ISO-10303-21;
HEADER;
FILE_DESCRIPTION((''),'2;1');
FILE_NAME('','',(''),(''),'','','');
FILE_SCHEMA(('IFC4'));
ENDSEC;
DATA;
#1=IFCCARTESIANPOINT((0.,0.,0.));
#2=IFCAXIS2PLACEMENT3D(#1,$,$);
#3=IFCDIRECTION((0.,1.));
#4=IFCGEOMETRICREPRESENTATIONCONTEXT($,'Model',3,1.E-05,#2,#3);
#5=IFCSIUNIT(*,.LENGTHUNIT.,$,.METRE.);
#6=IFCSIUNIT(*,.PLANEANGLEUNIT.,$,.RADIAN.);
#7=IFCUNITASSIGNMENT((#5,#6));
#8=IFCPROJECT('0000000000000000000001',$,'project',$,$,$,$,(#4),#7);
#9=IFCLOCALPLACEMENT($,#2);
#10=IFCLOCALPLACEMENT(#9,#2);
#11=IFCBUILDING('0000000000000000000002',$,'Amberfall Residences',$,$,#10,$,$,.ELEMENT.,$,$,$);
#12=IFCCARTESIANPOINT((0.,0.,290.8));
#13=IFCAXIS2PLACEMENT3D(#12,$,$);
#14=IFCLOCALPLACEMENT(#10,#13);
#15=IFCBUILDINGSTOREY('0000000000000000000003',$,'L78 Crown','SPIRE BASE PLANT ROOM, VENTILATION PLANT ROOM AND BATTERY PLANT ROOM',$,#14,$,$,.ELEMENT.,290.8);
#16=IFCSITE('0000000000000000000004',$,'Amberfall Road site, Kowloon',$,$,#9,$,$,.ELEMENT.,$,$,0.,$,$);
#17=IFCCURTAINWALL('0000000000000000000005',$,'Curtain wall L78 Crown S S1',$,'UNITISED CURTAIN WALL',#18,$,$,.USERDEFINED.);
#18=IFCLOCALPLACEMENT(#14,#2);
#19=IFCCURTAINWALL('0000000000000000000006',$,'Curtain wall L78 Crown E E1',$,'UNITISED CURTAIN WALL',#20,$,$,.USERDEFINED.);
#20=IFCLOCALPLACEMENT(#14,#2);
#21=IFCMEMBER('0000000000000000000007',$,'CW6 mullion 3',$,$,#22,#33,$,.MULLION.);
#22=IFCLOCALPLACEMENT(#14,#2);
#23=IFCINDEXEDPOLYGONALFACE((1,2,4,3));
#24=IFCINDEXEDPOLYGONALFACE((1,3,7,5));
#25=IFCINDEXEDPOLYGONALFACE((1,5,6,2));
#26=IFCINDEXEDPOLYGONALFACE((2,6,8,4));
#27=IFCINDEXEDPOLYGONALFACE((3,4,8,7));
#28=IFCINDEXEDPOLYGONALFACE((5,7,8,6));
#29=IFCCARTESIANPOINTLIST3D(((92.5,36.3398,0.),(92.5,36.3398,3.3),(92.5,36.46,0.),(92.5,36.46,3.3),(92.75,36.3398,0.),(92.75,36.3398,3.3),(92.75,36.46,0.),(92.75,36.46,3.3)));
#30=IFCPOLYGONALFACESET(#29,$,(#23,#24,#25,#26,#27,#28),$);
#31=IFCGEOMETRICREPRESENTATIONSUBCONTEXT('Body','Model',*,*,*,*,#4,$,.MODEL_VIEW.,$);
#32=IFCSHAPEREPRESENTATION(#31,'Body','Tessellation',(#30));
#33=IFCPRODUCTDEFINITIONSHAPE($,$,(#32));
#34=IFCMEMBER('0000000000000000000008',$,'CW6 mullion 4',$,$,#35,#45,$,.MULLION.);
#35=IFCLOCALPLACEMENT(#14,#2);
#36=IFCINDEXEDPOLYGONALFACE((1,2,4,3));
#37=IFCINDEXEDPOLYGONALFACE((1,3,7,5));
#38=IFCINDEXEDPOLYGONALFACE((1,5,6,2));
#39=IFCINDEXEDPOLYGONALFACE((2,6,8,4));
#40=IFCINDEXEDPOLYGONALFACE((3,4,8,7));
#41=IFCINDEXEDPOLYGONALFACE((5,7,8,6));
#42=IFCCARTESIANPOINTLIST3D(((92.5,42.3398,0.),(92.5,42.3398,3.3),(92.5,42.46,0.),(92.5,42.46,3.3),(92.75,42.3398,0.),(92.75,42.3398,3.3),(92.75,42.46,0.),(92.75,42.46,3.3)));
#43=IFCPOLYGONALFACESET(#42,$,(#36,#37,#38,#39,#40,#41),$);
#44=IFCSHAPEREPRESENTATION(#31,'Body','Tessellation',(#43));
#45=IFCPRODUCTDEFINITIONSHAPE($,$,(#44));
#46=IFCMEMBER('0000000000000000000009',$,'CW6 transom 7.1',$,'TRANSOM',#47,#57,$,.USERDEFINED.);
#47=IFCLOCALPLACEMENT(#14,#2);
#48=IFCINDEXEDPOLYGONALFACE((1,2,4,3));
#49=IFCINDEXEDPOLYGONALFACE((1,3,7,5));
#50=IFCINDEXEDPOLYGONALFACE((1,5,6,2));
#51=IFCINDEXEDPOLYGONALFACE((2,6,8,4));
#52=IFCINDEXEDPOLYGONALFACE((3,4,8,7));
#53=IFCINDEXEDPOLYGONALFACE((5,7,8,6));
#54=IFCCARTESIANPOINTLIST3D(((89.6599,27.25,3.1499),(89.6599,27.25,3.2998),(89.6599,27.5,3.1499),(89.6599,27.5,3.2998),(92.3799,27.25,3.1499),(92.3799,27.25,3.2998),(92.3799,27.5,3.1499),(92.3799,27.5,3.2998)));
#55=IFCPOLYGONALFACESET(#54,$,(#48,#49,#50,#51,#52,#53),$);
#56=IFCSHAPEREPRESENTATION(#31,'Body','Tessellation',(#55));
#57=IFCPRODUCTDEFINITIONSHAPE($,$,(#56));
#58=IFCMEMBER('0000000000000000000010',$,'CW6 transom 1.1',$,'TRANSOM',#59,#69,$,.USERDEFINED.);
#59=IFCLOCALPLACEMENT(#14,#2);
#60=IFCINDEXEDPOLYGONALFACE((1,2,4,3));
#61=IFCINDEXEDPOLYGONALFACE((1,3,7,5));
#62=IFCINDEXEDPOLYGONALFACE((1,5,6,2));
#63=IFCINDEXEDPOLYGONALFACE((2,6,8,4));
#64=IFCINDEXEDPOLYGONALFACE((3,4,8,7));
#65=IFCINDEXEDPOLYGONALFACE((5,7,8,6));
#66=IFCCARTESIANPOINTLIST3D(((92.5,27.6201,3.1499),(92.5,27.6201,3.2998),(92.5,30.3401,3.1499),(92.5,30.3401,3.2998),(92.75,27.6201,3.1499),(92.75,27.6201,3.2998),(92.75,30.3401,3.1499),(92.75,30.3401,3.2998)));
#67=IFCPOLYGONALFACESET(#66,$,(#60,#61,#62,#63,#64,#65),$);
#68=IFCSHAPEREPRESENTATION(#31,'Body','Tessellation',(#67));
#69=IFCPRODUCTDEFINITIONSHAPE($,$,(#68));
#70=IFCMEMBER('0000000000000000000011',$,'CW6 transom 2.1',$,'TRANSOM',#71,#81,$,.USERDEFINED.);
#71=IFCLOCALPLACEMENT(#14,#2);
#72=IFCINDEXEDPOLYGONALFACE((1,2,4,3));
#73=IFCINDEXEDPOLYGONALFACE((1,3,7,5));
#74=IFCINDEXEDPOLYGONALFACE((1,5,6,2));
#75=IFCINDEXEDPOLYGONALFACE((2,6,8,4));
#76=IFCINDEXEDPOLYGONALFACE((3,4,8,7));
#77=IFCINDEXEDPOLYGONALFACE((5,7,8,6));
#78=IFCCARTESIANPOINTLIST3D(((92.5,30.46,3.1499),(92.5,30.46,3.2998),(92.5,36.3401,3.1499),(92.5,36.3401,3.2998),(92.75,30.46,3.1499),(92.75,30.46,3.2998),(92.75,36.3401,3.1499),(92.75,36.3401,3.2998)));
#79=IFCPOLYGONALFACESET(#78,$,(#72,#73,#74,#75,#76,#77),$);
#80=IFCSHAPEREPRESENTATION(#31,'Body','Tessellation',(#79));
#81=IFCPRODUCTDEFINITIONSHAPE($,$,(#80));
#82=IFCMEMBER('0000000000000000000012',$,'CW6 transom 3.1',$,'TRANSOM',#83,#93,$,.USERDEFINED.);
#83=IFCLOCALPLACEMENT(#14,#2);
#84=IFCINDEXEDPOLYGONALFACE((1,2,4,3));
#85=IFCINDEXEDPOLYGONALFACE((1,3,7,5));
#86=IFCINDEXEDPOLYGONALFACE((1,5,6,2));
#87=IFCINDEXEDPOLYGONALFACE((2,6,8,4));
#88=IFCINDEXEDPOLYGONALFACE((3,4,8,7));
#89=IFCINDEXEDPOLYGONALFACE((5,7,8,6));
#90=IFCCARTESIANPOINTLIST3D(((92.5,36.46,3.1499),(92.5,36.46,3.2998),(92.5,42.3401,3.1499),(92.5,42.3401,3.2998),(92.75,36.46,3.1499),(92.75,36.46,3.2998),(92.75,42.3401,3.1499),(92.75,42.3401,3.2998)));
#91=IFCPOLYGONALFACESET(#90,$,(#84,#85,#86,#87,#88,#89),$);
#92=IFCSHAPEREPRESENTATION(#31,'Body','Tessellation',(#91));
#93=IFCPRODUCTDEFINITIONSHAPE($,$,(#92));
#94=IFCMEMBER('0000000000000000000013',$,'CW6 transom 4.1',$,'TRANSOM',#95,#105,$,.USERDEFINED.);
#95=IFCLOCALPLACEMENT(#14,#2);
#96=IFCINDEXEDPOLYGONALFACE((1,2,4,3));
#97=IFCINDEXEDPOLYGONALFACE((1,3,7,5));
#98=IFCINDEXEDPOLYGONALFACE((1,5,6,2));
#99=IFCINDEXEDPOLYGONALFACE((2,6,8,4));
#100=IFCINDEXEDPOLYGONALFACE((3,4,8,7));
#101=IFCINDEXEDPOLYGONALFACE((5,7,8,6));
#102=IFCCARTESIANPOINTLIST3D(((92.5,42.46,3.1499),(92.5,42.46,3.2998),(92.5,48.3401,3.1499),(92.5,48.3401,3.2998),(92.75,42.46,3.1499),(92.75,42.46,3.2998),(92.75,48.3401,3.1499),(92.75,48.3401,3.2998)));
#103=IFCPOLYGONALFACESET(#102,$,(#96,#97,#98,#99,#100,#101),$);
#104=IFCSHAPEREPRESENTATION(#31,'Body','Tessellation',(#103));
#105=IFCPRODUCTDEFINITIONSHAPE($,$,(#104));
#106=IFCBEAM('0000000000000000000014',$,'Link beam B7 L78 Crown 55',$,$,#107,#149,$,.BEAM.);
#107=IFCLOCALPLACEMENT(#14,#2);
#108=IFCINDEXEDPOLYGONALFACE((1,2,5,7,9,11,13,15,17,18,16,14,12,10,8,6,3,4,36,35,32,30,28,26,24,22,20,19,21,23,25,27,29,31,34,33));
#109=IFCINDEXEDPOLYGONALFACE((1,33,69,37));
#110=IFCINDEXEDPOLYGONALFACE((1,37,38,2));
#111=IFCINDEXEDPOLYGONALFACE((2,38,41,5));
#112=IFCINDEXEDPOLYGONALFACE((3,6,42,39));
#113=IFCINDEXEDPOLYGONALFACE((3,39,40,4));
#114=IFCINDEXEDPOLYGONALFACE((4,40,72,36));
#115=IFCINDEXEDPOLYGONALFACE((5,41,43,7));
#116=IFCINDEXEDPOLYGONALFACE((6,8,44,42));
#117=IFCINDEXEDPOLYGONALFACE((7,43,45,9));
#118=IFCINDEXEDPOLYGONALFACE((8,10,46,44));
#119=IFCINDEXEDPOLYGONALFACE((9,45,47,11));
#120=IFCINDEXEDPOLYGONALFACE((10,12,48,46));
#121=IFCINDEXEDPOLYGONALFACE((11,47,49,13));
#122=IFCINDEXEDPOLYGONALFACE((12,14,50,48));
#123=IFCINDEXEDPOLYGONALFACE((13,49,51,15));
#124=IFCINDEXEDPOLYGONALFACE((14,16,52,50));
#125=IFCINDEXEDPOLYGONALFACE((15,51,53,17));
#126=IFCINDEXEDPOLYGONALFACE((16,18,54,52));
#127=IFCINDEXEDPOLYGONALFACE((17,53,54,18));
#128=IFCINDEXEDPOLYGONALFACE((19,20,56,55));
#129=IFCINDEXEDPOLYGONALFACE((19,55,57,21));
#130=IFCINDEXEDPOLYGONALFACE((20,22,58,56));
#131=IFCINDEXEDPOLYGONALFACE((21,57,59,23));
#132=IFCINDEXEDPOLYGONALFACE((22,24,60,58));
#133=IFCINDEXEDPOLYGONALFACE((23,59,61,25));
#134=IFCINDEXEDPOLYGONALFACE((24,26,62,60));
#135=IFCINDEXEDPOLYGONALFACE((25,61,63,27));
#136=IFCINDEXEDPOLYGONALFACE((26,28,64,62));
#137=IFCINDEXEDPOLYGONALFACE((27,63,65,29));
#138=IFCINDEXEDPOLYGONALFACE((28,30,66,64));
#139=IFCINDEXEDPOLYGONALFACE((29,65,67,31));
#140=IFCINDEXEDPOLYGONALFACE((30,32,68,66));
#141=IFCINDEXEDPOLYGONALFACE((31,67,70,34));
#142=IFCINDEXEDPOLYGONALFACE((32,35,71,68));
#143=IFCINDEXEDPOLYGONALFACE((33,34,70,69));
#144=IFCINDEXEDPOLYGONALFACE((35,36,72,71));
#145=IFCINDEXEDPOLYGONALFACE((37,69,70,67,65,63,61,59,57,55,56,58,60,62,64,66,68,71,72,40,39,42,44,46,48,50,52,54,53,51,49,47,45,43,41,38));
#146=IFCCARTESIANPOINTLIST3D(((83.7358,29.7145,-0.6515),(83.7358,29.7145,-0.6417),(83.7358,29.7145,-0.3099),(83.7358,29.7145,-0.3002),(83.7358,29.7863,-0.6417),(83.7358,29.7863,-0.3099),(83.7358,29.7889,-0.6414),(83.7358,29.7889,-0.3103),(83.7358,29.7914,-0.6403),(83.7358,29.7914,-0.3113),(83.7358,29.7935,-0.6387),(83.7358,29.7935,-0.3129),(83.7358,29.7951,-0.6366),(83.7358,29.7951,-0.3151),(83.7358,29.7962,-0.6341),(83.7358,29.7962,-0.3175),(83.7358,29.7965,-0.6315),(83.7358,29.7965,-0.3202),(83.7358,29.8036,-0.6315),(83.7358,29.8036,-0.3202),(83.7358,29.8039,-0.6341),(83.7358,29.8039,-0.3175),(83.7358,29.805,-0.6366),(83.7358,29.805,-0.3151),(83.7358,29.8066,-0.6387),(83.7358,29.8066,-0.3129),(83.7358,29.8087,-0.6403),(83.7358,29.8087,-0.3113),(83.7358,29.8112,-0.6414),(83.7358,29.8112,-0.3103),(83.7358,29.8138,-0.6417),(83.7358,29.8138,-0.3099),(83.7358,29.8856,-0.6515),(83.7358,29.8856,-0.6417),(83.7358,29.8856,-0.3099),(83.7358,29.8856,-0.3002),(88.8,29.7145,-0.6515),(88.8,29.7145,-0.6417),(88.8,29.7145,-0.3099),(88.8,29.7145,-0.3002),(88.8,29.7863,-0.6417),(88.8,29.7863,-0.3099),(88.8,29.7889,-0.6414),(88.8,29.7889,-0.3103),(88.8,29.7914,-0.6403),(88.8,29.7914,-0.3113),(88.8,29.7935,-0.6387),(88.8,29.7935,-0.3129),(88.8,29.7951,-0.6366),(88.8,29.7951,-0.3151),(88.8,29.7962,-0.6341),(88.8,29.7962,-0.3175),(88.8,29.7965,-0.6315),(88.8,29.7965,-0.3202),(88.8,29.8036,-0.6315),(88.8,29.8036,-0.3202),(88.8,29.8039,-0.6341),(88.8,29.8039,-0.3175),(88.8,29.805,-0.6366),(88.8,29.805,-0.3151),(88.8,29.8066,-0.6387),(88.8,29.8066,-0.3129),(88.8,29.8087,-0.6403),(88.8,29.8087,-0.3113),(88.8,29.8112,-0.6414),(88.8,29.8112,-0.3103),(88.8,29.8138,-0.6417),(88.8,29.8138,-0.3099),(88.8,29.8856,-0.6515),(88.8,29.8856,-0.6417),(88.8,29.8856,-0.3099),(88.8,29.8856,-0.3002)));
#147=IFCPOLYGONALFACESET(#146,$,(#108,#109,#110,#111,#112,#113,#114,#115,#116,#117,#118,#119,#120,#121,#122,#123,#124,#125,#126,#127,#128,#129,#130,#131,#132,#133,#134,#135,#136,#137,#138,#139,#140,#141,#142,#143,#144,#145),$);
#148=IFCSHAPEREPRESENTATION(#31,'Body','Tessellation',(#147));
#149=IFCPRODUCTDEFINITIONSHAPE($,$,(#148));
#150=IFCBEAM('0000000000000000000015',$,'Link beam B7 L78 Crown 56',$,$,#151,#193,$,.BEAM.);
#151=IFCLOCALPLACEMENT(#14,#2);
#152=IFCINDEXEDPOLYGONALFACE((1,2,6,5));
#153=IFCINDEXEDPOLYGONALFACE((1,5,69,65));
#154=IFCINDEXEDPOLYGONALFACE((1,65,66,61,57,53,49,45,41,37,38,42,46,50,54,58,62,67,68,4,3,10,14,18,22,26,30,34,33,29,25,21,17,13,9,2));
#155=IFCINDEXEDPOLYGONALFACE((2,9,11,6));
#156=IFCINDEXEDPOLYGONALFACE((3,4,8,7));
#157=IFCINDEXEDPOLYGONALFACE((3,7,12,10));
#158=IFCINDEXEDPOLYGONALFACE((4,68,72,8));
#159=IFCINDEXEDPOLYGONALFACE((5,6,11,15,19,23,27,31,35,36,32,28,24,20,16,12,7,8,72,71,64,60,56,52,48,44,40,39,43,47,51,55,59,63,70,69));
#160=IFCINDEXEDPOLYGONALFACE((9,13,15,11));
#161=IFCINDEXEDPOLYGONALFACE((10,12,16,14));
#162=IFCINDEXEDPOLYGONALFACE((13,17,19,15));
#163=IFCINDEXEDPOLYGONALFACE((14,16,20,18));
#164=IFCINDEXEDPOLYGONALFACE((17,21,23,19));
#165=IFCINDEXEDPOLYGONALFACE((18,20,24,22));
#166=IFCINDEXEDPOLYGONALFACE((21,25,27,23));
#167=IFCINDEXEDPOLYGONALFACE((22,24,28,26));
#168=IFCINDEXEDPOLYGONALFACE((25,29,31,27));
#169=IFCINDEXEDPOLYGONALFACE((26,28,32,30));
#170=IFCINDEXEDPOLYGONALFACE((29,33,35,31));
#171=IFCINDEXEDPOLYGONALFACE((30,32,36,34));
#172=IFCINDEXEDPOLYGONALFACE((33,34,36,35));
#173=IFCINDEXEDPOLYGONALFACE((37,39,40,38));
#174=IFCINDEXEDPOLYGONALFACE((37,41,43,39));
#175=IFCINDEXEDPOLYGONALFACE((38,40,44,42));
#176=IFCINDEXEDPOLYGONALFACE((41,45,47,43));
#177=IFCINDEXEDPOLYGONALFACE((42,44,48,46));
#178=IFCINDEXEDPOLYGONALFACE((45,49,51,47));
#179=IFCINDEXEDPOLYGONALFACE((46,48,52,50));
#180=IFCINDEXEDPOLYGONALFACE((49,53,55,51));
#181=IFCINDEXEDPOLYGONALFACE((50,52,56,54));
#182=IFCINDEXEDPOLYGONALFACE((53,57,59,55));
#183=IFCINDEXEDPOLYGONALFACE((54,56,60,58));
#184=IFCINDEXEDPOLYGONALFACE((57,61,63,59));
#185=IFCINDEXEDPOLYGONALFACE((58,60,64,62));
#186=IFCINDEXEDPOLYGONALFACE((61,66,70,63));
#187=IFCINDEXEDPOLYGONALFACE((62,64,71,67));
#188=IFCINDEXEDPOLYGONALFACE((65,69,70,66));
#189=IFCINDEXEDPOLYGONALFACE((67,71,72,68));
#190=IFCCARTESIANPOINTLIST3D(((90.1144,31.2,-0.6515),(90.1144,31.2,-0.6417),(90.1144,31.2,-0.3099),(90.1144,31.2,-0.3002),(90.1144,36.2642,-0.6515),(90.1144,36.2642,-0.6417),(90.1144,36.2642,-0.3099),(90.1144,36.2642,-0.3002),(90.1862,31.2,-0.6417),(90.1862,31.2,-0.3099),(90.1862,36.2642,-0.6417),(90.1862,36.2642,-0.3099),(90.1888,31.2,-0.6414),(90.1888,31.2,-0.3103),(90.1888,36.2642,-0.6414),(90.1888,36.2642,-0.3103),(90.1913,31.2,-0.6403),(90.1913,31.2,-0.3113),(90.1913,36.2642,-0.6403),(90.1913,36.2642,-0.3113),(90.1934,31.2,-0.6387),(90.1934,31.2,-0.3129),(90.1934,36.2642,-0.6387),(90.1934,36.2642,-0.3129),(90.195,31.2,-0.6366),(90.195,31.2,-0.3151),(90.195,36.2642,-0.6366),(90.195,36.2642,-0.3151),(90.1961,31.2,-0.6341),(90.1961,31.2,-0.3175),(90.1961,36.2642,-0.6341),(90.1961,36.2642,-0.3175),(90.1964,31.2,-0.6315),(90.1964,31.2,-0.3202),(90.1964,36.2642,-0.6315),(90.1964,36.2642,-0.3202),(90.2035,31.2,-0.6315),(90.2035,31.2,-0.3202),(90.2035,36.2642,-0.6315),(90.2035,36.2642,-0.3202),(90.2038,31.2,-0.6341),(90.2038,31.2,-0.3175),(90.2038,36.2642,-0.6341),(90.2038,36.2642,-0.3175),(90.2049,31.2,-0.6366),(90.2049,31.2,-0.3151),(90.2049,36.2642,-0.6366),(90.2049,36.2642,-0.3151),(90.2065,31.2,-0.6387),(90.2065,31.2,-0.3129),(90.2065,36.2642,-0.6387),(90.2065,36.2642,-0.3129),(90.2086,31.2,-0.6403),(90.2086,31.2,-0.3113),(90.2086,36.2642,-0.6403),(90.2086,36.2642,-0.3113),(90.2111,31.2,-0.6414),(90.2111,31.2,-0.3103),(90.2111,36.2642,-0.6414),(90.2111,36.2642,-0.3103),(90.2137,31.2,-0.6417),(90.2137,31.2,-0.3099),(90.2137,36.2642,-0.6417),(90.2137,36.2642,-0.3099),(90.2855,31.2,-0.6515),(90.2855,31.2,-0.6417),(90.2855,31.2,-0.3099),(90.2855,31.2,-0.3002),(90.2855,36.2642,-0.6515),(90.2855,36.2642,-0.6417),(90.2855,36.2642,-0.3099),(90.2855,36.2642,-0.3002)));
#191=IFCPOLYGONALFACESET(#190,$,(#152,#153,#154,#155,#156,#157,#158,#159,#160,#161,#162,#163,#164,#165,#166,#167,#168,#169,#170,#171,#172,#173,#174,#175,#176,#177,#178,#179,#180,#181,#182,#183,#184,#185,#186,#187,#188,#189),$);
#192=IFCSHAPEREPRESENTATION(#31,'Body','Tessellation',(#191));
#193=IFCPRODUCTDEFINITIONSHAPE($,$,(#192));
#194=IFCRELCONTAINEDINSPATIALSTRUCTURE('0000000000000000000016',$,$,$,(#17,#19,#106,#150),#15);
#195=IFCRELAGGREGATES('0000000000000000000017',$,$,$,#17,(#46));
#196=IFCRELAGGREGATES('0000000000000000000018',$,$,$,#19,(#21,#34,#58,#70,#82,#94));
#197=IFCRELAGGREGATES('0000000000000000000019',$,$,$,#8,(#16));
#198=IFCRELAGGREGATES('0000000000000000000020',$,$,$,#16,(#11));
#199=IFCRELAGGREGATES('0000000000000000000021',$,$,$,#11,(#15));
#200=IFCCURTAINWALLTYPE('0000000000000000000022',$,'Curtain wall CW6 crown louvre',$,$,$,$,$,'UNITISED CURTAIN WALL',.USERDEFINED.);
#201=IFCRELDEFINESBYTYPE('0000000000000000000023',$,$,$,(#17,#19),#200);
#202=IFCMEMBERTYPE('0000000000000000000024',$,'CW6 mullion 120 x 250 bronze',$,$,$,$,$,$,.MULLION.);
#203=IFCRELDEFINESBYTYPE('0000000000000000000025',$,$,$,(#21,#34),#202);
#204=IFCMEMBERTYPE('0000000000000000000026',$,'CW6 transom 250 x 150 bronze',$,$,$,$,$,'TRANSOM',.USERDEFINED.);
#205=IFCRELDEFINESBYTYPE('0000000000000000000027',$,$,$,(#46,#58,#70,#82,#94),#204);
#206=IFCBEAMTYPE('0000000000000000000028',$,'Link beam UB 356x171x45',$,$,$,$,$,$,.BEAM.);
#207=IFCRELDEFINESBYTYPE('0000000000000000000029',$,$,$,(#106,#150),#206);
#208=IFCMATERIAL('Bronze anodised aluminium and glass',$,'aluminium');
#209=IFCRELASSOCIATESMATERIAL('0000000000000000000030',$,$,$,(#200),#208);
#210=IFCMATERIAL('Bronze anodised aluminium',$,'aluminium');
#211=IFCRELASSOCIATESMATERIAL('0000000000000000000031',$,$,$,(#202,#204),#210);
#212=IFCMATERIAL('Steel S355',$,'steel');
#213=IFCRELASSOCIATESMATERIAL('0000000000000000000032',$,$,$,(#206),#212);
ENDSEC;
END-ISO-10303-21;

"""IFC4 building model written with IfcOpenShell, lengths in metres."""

from ifc_helpers import new_model, si_unit, direction, frame, origin, origin_2d, place, context, subcontext, project, spatial, rectangle, i_section, extrude, material, material_profile, profile_set, type_object, element, aggregate, save


model = new_model("IFC4")

# Units and contexts
model_context = context("Model", 3, precision=1e-05, world=origin(), true_north=direction((0.0, 1.0)))
body_context = subcontext(model_context, "Body", "Model", "MODEL_VIEW")
ifc_project = project(units=[si_unit("LENGTHUNIT", "METRE"), si_unit("PLANEANGLEUNIT", "RADIAN")], contexts=[model_context])

# Site, building, storey
site_placement = place(None, origin())
site = spatial("IfcSite", under=ifc_project, at=site_placement, Name="Amberfall Road site, Kowloon", CompositionType="ELEMENT", RefElevation=0.0)
building_placement = place(site_placement, origin())
building = spatial("IfcBuilding", under=site, at=building_placement, Name="Amberfall Residences", CompositionType="ELEMENT")
storey_placement = place(building_placement, frame((0.0, 0.0, 290.8)))
storey = spatial("IfcBuildingStorey", under=building, at=storey_placement, Name="L78 Crown", Description="SPIRE BASE PLANT ROOM, VENTILATION PLANT ROOM AND BATTERY PLANT ROOM", CompositionType="ELEMENT", Elevation=290.8)

# Shared definitions
ifc_material_1 = material(Name="Steel S355", Category="steel")

# Curtain walls, members
ifc_material_2 = material(Name="Bronze anodised aluminium and glass", Category="aluminium")
curtain_wall_type = type_object("IfcCurtainWallType", Name="Curtain wall CW6 crown louvre", ElementType="UNITISED CURTAIN WALL", PredefinedType="USERDEFINED", material=ifc_material_2)
curtain_wall_1_placement = place(storey_placement, origin())
curtain_wall_1 = element("IfcCurtainWall", 1, at=curtain_wall_1_placement, inside=storey, type_object=curtain_wall_type, Name="Curtain wall L78 Crown S S1", ObjectType="UNITISED CURTAIN WALL", PredefinedType="USERDEFINED")
ifc_material_3 = material(Name="Bronze anodised aluminium", Category="aluminium")
ifc_material_profile_1 = material_profile(ifc_material_3, rectangle(XDim=0.25, YDim=0.1201, at=origin_2d()), Name="CW6 mullion 120 x 250 bronze")
ifc_profile_set_1 = profile_set([ifc_material_profile_1], Name="Bronze anodised aluminium")
member_type_1 = type_object("IfcMemberType", Name="CW6 mullion 120 x 250 bronze", PredefinedType="MULLION", material=ifc_profile_set_1)
curtain_wall_2_placement = place(storey_placement, origin())
curtain_wall_2 = element("IfcCurtainWall", 2, at=curtain_wall_2_placement, inside=storey, type_object=curtain_wall_type, Name="Curtain wall L78 Crown E E1", ObjectType="UNITISED CURTAIN WALL", PredefinedType="USERDEFINED")
member_1_placement = place(storey_placement, frame((92.625, 36.3999, 0.0), z_axis=(0.0, 0.0, 1.0), x_axis=(-1.0, 0.0, 0.0)))
member_1 = element("IfcMember", 3, at=member_1_placement, type_object=member_type_1, Name="CW6 mullion 3", PredefinedType="MULLION", context=body_context, shape_type="SweptSolid", body=[
    extrude(rectangle(XDim=0.25, YDim=0.1201, at=origin_2d()), origin(), (0.0, 0.0, 1.0), 3.3),
])
member_2_placement = place(storey_placement, frame((92.625, 42.3999, 0.0), z_axis=(0.0, 0.0, 1.0), x_axis=(-1.0, 0.0, 0.0)))
member_2 = element("IfcMember", 4, at=member_2_placement, type_object=member_type_1, Name="CW6 mullion 4", PredefinedType="MULLION", context=body_context, shape_type="SweptSolid", body=[
    extrude(rectangle(XDim=0.25, YDim=0.1201, at=origin_2d()), origin(), (0.0, 0.0, 1.0), 3.3),
])

# Members
ifc_material_profile_2 = material_profile(ifc_material_3, rectangle(XDim=0.25, YDim=0.1499, at=origin_2d()), Name="CW6 transom 250 x 150 bronze")
ifc_profile_set_2 = profile_set([ifc_material_profile_2], Name="Bronze anodised aluminium")
member_type_2 = type_object("IfcMemberType", Name="CW6 transom 250 x 150 bronze", ElementType="TRANSOM", PredefinedType="USERDEFINED", material=ifc_profile_set_2)
member_3_placement = place(storey_placement, frame((89.6599, 27.375, 3.2249), z_axis=(1.0, 0.0, 0.0), x_axis=(0.0, 1.0, 0.0)))
member_3 = element("IfcMember", 5, at=member_3_placement, type_object=member_type_2, Name="CW6 transom 7.1", ObjectType="TRANSOM", PredefinedType="USERDEFINED", context=body_context, shape_type="SweptSolid", body=[
    extrude(rectangle(XDim=0.25, YDim=0.1499, at=origin_2d()), origin(), (0.0, 0.0, 1.0), 2.72),
])
member_4_placement = place(storey_placement, frame((92.625, 27.6201, 3.2249), z_axis=(0.0, 1.0, 0.0), x_axis=(-1.0, 0.0, 0.0)))
member_4 = element("IfcMember", 6, at=member_4_placement, type_object=member_type_2, Name="CW6 transom 1.1", ObjectType="TRANSOM", PredefinedType="USERDEFINED", context=body_context, shape_type="SweptSolid", body=[
    extrude(rectangle(XDim=0.25, YDim=0.1499, at=origin_2d()), origin(), (0.0, 0.0, 1.0), 2.72),
])
member_5_placement = place(storey_placement, frame((92.625, 30.46, 3.2249), z_axis=(0.0, 1.0, 0.0), x_axis=(-1.0, 0.0, 0.0)))
member_5 = element("IfcMember", 7, at=member_5_placement, type_object=member_type_2, Name="CW6 transom 2.1", ObjectType="TRANSOM", PredefinedType="USERDEFINED", context=body_context, shape_type="SweptSolid", body=[
    extrude(rectangle(XDim=0.25, YDim=0.1499, at=origin_2d()), origin(), (0.0, 0.0, 1.0), 5.8801),
])
member_6_placement = place(storey_placement, frame((92.625, 36.46, 3.2249), z_axis=(0.0, 1.0, 0.0), x_axis=(-1.0, 0.0, 0.0)))
member_6 = element("IfcMember", 8, at=member_6_placement, type_object=member_type_2, Name="CW6 transom 3.1", ObjectType="TRANSOM", PredefinedType="USERDEFINED", context=body_context, shape_type="SweptSolid", body=[
    extrude(rectangle(XDim=0.25, YDim=0.1499, at=origin_2d()), origin(), (0.0, 0.0, 1.0), 5.8801),
])
member_7_placement = place(storey_placement, frame((92.625, 42.46, 3.2249), z_axis=(0.0, 1.0, 0.0), x_axis=(-1.0, 0.0, 0.0)))
member_7 = element("IfcMember", 9, at=member_7_placement, type_object=member_type_2, Name="CW6 transom 4.1", ObjectType="TRANSOM", PredefinedType="USERDEFINED", context=body_context, shape_type="SweptSolid", body=[
    extrude(rectangle(XDim=0.25, YDim=0.1499, at=origin_2d()), origin(), (0.0, 0.0, 1.0), 5.8801),
])

# Beams
ifc_material_profile_3 = material_profile(ifc_material_1, i_section(OverallWidth=0.1711, OverallDepth=0.3513, WebThickness=0.0071, FlangeThickness=0.0098, FilletRadius=0.0103, at=origin_2d()), Name="UB 356x171x45")
ifc_profile_set_3 = profile_set([ifc_material_profile_3], Name="Steel S355")
beam_type_1 = type_object("IfcBeamType", Name="Link beam UB 356x171x45", PredefinedType="BEAM", material=ifc_profile_set_3)
for number, where, z_axis, x_axis, name in (
    (10, (88.8, 29.8, -0.4758), (-1.0, 0.0, 0.0), (0.0, -1.0, 0.0), "Link beam B7 L78 Crown 55"),
    (11, (90.2, 31.2, -0.4758), (0.0, 1.0, 0.0), (-1.0, 0.0, 0.0), "Link beam B7 L78 Crown 56"),
):
    element("IfcBeam", number, at=place(storey_placement, frame(where, z_axis=z_axis, x_axis=x_axis)), inside=storey, type_object=beam_type_1, Name=name, PredefinedType="BEAM", context=body_context, shape_type="SweptSolid", body=[
        extrude(i_section(OverallWidth=0.1711, OverallDepth=0.3513, WebThickness=0.0071, FlangeThickness=0.0098, FilletRadius=0.0103, at=origin_2d()), origin(), (0.0, 0.0, 1.0), 5.0642),
    ])

aggregate(curtain_wall_1, [member_3])
aggregate(curtain_wall_2, [member_1, member_2, member_4, member_5, member_6, member_7])

save(model, "model.ifc")
